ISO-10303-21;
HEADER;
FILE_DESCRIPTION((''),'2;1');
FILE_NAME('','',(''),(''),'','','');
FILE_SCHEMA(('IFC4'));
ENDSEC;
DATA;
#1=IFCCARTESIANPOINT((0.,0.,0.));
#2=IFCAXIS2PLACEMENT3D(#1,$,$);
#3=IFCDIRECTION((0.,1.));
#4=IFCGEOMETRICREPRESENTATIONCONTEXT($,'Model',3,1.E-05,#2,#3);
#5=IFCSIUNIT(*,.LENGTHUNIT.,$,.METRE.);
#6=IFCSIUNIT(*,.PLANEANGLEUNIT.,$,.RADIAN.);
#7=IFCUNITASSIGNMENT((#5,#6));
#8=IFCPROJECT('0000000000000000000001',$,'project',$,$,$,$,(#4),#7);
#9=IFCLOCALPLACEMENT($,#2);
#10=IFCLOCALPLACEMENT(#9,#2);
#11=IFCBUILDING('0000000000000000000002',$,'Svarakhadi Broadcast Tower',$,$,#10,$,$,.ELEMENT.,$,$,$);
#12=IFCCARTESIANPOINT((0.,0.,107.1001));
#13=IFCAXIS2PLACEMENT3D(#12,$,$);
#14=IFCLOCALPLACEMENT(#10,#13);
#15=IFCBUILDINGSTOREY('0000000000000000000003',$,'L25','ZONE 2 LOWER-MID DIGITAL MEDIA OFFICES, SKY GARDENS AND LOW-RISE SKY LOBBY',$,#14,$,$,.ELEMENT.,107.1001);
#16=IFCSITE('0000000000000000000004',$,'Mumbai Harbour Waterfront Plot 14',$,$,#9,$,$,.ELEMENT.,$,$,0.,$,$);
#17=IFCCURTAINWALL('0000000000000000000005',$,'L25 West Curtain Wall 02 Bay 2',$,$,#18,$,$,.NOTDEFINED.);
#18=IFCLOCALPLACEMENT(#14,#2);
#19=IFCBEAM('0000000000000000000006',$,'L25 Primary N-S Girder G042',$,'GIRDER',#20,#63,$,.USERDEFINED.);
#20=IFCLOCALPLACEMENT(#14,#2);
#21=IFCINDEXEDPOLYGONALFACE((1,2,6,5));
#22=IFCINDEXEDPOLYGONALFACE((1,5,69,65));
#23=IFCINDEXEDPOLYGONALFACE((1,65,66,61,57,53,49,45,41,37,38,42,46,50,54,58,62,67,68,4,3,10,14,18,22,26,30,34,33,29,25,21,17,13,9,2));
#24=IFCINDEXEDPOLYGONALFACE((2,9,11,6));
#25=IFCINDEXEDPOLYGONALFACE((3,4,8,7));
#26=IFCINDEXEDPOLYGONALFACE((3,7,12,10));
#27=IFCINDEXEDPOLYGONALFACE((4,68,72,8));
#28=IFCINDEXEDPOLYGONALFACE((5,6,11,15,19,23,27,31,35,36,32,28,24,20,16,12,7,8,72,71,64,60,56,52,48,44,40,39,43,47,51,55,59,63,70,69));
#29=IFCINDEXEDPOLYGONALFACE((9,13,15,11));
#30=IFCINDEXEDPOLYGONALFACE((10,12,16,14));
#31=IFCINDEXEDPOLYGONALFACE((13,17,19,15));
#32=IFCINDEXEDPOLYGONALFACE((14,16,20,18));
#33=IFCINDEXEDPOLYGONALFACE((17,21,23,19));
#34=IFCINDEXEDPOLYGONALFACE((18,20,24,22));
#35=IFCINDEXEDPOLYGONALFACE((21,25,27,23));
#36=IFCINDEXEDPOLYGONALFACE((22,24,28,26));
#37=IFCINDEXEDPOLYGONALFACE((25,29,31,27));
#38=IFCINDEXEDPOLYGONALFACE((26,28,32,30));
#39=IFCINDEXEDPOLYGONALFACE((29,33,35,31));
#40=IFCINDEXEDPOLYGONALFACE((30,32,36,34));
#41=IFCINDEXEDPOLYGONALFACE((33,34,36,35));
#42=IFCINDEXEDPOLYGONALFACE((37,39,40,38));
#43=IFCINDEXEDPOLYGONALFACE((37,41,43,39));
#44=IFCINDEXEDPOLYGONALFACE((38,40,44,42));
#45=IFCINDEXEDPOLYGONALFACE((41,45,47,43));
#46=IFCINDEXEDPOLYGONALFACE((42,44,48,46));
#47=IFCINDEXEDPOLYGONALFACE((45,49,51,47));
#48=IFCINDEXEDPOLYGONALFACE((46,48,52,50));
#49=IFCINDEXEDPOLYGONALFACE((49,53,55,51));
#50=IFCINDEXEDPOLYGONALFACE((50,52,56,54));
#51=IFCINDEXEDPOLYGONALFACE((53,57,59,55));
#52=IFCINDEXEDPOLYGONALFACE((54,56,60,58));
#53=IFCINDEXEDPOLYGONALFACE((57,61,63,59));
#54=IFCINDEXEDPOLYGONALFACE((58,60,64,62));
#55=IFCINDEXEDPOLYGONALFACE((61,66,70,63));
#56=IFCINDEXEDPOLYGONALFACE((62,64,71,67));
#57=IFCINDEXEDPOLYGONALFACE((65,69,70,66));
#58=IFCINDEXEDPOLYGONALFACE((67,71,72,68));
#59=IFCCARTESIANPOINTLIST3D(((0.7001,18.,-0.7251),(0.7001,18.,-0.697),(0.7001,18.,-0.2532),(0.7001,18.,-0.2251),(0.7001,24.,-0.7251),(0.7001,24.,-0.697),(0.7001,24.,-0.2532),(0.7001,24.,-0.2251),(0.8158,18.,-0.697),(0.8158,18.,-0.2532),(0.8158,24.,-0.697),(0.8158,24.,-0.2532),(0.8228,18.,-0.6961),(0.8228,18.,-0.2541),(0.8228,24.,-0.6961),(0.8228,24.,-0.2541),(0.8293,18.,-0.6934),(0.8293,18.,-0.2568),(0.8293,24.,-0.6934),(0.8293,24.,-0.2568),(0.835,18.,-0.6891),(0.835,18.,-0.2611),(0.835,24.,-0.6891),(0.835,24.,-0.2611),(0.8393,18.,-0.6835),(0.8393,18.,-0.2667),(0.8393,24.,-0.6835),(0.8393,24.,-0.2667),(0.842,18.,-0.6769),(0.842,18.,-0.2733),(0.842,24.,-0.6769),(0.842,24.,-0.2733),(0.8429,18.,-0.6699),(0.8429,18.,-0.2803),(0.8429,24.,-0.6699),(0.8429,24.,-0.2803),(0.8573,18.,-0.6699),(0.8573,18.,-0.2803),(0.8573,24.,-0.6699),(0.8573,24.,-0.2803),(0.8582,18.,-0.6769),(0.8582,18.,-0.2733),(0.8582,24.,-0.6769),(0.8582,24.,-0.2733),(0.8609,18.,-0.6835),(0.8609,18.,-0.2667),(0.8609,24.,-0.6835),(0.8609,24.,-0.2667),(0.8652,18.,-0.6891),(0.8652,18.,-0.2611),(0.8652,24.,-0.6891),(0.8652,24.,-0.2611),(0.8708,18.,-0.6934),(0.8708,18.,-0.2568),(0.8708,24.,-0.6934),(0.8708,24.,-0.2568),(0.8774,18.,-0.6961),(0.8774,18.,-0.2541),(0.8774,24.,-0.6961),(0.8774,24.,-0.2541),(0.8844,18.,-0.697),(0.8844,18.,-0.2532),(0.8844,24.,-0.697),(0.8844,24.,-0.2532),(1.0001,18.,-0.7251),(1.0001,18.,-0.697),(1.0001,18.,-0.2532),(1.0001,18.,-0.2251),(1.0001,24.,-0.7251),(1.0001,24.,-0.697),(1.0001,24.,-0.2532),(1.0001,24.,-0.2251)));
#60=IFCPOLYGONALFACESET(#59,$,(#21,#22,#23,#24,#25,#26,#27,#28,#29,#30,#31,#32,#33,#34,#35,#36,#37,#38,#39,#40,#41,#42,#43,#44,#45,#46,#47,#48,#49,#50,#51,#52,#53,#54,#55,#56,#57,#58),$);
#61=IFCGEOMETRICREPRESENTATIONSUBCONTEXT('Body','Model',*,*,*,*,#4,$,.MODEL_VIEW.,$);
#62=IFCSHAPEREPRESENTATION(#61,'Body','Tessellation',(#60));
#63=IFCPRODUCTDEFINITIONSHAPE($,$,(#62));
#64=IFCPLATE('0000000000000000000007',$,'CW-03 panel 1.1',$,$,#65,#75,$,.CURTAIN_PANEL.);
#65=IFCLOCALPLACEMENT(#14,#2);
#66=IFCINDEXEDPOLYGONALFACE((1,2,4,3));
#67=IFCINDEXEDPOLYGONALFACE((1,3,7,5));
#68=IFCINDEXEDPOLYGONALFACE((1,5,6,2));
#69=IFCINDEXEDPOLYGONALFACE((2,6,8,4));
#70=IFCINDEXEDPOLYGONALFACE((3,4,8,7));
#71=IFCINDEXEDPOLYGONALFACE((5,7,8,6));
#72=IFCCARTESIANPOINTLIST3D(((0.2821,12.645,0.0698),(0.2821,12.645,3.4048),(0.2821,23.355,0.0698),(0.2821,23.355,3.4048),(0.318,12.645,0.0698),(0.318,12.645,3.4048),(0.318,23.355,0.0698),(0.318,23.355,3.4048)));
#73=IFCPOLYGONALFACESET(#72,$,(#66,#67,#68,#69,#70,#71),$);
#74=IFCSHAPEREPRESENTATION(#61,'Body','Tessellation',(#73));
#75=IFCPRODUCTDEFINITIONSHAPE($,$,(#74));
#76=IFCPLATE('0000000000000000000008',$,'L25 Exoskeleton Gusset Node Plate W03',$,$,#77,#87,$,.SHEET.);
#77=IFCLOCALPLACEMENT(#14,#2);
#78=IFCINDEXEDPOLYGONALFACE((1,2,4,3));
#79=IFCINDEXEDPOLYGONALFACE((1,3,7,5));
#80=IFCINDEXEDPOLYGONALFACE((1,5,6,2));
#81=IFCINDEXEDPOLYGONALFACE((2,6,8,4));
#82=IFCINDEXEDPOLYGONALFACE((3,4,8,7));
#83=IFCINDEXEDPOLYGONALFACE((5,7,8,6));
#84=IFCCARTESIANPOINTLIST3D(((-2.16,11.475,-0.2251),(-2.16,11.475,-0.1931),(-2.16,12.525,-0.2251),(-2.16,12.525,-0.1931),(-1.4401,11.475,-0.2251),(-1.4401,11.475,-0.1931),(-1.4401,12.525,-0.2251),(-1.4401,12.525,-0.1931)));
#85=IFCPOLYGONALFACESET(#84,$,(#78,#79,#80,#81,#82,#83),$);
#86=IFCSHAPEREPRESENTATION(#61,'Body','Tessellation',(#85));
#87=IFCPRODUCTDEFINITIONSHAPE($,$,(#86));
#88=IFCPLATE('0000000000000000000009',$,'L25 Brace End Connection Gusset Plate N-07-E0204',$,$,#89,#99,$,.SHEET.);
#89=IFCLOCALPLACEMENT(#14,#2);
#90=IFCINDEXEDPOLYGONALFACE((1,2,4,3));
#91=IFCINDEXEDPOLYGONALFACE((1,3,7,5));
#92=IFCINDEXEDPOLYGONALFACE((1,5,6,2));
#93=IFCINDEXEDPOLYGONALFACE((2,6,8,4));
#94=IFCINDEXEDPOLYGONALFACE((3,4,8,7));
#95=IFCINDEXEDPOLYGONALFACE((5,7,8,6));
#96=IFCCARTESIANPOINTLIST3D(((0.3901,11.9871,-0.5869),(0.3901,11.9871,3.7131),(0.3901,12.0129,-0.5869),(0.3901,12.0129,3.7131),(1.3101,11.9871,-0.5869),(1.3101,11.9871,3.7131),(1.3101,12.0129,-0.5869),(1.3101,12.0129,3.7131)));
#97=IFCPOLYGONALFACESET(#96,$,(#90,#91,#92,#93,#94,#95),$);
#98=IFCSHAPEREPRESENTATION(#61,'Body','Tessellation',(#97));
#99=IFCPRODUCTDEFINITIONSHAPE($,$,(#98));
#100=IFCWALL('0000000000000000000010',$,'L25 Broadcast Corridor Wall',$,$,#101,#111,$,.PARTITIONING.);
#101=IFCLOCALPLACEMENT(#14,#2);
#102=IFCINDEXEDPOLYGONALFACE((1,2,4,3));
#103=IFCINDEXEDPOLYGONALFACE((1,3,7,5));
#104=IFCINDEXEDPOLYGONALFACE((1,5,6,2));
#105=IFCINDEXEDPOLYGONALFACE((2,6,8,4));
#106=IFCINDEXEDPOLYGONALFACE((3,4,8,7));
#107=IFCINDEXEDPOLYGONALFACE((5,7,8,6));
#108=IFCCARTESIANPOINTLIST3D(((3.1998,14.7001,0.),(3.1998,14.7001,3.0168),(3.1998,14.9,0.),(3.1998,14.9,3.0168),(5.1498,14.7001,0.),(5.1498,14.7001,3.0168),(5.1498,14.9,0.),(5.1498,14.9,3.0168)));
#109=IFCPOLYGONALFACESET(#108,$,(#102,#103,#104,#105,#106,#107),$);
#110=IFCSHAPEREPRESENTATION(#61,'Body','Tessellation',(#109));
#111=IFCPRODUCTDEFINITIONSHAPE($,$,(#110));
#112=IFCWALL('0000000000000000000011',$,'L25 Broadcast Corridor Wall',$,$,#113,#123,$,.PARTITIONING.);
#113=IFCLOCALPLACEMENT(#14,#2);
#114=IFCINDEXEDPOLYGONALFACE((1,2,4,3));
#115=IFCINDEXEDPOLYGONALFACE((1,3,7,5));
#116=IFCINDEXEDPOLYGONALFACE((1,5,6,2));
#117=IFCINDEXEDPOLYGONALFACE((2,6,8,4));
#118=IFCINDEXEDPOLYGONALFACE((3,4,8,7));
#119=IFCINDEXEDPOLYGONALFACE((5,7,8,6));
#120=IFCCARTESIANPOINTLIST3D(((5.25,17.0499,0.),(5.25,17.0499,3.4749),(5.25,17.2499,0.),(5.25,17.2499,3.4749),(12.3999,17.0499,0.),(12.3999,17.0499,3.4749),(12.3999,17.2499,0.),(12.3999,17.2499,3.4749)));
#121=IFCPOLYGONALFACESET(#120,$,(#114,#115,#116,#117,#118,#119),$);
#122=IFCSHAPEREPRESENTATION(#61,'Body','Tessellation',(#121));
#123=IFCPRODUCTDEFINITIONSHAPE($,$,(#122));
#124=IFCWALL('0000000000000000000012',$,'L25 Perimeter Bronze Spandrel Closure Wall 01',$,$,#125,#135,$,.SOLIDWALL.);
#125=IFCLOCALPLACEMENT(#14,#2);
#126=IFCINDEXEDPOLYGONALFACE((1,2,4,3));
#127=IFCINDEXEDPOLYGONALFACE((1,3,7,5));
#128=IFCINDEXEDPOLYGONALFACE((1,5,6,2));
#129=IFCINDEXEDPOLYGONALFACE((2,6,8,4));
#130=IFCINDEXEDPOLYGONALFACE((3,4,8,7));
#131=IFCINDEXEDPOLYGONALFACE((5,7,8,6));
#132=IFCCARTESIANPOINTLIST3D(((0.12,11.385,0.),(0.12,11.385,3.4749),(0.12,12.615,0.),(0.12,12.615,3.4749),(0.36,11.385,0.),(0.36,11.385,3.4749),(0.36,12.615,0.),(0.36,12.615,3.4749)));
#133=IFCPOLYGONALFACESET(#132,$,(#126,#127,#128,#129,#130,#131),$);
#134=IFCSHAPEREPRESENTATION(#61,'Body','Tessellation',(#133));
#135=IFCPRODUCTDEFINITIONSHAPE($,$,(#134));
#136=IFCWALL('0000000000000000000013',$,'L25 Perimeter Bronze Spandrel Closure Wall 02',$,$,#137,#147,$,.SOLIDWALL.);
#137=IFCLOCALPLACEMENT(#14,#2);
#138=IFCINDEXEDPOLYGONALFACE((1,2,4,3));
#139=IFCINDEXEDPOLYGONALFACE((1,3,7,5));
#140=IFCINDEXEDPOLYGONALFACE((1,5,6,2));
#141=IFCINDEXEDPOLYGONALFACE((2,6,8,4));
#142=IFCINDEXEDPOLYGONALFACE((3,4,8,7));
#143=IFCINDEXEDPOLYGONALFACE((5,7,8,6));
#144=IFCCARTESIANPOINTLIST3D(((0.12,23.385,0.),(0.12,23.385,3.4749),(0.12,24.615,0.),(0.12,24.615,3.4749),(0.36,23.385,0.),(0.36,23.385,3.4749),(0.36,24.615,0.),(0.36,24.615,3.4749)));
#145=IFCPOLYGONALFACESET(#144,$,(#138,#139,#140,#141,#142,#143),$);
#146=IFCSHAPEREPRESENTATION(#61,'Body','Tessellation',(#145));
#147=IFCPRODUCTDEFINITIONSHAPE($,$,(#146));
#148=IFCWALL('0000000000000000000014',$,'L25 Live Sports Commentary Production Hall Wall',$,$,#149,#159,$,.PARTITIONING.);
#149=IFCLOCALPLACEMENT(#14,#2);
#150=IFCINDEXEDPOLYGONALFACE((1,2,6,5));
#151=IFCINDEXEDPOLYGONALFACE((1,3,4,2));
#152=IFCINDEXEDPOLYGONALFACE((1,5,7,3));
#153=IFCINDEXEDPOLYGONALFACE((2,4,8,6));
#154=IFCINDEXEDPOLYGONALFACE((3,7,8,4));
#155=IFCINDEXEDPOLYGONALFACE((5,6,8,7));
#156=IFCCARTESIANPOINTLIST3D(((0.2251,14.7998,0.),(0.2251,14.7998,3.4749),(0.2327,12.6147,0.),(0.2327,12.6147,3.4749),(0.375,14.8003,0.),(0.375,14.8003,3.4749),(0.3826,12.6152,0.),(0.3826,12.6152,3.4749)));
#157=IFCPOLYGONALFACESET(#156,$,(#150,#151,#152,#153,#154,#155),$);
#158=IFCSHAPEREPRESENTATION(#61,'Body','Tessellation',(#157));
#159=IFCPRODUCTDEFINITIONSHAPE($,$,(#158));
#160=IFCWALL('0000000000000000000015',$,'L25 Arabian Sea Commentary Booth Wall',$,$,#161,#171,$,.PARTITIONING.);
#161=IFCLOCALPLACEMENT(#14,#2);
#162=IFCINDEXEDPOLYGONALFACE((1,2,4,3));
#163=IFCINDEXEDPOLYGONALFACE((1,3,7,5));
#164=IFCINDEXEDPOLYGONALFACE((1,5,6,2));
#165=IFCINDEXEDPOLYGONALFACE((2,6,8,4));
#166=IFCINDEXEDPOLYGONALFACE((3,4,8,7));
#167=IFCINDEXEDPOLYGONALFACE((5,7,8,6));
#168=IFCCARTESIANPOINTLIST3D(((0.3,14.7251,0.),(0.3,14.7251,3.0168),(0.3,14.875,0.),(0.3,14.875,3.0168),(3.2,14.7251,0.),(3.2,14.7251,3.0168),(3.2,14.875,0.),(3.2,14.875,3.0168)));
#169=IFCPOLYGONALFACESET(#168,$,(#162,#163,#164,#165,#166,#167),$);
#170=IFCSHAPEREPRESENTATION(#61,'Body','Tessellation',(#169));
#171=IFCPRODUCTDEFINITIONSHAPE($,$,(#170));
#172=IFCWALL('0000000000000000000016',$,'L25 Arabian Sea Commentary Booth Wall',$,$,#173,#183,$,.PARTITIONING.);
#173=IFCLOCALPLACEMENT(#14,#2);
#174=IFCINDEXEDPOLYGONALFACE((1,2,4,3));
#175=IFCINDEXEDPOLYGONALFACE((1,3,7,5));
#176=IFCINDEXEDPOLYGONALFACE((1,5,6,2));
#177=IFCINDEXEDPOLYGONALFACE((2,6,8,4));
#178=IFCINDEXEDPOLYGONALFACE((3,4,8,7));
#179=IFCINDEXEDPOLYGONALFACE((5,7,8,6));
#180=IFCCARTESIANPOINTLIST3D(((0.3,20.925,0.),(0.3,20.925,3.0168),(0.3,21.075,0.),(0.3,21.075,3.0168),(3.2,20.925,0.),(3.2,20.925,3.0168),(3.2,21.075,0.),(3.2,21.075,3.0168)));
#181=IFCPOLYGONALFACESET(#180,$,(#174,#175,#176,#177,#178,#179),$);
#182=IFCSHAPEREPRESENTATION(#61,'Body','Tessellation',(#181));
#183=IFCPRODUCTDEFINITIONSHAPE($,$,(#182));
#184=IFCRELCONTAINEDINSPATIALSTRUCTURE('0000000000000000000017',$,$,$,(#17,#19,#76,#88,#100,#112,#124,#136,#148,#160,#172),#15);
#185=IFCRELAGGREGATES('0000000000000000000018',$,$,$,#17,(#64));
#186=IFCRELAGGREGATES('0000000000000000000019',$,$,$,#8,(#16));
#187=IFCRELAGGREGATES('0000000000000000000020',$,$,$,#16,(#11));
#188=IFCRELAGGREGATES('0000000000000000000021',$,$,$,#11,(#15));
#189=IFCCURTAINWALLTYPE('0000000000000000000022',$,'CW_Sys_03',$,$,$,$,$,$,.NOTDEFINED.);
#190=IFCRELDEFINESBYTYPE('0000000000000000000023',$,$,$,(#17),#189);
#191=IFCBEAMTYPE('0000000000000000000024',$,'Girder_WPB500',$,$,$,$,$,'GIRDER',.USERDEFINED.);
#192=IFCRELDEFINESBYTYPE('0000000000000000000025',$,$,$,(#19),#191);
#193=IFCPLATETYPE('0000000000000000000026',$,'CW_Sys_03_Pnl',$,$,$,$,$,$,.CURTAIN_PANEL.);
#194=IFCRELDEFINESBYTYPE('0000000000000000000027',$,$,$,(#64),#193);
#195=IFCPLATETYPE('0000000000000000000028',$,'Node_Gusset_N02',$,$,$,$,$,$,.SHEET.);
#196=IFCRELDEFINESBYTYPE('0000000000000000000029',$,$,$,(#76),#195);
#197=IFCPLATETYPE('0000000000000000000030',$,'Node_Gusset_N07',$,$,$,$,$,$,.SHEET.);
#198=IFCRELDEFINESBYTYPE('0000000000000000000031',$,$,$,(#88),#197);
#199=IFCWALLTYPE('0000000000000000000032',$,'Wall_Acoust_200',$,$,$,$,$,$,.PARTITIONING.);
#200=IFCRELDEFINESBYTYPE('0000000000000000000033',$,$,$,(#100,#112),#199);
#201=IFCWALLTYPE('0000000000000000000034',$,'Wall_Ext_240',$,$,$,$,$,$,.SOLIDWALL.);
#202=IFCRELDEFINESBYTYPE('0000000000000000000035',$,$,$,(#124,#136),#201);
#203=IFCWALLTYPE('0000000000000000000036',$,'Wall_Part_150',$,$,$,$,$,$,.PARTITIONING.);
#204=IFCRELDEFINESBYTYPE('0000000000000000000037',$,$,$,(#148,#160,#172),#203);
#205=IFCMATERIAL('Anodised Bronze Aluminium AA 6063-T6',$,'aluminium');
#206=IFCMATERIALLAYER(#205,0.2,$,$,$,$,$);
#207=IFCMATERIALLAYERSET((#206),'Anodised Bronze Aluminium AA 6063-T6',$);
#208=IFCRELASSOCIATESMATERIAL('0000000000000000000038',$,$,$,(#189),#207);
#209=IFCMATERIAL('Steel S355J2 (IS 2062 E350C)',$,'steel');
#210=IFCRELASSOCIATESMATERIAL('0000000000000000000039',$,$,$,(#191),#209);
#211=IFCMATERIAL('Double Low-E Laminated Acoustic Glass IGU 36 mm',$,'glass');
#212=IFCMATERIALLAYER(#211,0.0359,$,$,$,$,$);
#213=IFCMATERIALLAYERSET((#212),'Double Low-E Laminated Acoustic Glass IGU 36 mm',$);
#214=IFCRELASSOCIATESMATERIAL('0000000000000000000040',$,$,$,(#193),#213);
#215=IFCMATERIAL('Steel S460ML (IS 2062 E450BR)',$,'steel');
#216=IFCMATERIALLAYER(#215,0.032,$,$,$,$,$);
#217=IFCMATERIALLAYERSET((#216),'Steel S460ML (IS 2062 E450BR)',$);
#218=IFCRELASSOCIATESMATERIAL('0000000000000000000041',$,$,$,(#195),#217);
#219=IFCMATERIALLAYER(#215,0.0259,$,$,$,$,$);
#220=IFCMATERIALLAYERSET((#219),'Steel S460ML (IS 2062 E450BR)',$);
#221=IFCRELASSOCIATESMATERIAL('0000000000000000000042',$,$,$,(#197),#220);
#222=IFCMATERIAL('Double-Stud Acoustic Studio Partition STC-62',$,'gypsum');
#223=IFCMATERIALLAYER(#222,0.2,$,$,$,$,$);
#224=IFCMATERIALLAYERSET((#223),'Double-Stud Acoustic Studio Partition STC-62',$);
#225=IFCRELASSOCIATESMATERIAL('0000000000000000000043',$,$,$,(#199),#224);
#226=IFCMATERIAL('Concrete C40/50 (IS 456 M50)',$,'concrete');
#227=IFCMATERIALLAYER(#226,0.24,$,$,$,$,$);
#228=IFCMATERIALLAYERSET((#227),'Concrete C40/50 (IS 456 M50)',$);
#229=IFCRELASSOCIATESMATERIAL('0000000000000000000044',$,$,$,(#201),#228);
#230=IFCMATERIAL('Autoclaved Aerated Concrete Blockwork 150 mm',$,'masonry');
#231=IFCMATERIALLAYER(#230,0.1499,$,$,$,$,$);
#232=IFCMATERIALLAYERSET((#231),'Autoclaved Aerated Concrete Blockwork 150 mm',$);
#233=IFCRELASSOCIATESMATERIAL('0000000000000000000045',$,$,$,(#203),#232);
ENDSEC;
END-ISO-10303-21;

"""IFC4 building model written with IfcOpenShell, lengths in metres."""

from ifc_helpers import new_model, si_unit, direction, frame, frame_2d, origin, origin_2d, place, context, subcontext, project, spatial, rectangle, i_section, extrude, material, layer, layer_set, material_profile, profile_set, type_object, element, aggregate, save


model = new_model("IFC4")

# Units and contexts
model_context = context("Model", 3, precision=1e-05, world=origin(), true_north=direction((0.0, 1.0)))
body_context = subcontext(model_context, "Body", "Model", "MODEL_VIEW")
ifc_project = project(units=[si_unit("LENGTHUNIT", "METRE"), si_unit("PLANEANGLEUNIT", "RADIAN")], contexts=[model_context])

# Site, building, storey
site_placement = place(None, origin())
site = spatial("IfcSite", under=ifc_project, at=site_placement, Name="Mumbai Harbour Waterfront Plot 14", CompositionType="ELEMENT", RefElevation=0.0)
building_placement = place(site_placement, origin())
building = spatial("IfcBuilding", under=site, at=building_placement, Name="Svarakhadi Broadcast Tower", CompositionType="ELEMENT")
storey_placement = place(building_placement, frame((0.0, 0.0, 107.1001)))
storey = spatial("IfcBuildingStorey", under=building, at=storey_placement, Name="L25", Description="ZONE 2 LOWER-MID DIGITAL MEDIA OFFICES, SKY GARDENS AND LOW-RISE SKY LOBBY", CompositionType="ELEMENT", Elevation=107.1001)

# Shared definitions
ifc_material_1 = material(Name="Steel S460ML (IS 2062 E450BR)", Category="steel")

# Shared definitions
ifc_material_2 = material(Name="Steel S355J2 (IS 2062 E350C)", Category="steel")

# Shared definitions
ifc_material_3 = material(Name="Anodised Bronze Aluminium AA 6063-T6", Category="aluminium")
ifc_layer_1 = layer(ifc_material_3, 0.2)
ifc_layer_set_1 = layer_set([ifc_layer_1], Name="Anodised Bronze Aluminium AA 6063-T6")
curtain_wall_type = type_object("IfcCurtainWallType", Name="CW_Sys_03", PredefinedType="NOTDEFINED", material=ifc_layer_set_1)

# Curtain wall
curtain_wall_1_placement = place(storey_placement, origin())
curtain_wall_1 = element("IfcCurtainWall", 1, at=curtain_wall_1_placement, inside=storey, type_object=curtain_wall_type, Name="L25 West Curtain Wall 02 Bay 2", PredefinedType="NOTDEFINED")

# Beam
ifc_material_profile_1 = material_profile(ifc_material_2, i_section(OverallWidth=0.3, OverallDepth=0.5, WebThickness=0.0144, FlangeThickness=0.0281, FilletRadius=0.0271, at=origin_2d()), Name="WPB 500x300x187")
ifc_profile_set_1 = profile_set([ifc_material_profile_1], Name="Steel S355J2 (IS 2062 E350C)")
beam_type_1 = type_object("IfcBeamType", Name="Girder_WPB500", ElementType="GIRDER", PredefinedType="USERDEFINED", material=ifc_profile_set_1)
for number, where, z_axis, x_axis, name in (
    (2, (0.8501, 18.0, -0.4751), (0.0, 1.0, 0.0), (-1.0, 0.0, 0.0), "L25 Primary N-S Girder G042"),
):
    element("IfcBeam", number, at=place(storey_placement, frame(where, z_axis=z_axis, x_axis=x_axis)), inside=storey, type_object=beam_type_1, Name=name, ObjectType="GIRDER", PredefinedType="USERDEFINED", context=body_context, shape_type="SweptSolid", body=[
        extrude(i_section(OverallWidth=0.3, OverallDepth=0.5, WebThickness=0.0144, FlangeThickness=0.0281, FilletRadius=0.0271, at=origin_2d()), origin(), (0.0, 0.0, 1.0), 6.0),
    ])

# Plate
ifc_material_4 = material(Name="Double Low-E Laminated Acoustic Glass IGU 36 mm", Category="glass")
ifc_layer_2 = layer(ifc_material_4, 0.0359)
ifc_layer_set_2 = layer_set([ifc_layer_2], Name="Double Low-E Laminated Acoustic Glass IGU 36 mm")
plate_type_1 = type_object("IfcPlateType", Name="CW_Sys_03_Pnl", PredefinedType="CURTAIN_PANEL", material=ifc_layer_set_2)
plate_1_placement = place(storey_placement, frame((0.3, 18.0, 0.0698), z_axis=(0.0, 0.0, 1.0), x_axis=(0.0, 1.0, 0.0)))
plate_1 = element("IfcPlate", 3, at=plate_1_placement, type_object=plate_type_1, Name="CW-03 panel 1.1", PredefinedType="CURTAIN_PANEL", context=body_context, shape_type="SweptSolid", body=[
    extrude(rectangle(XDim=10.71, YDim=0.0359, at=origin_2d()), origin(), (0.0, 0.0, 1.0), 3.335),
])
aggregate(curtain_wall_1, [plate_1])

# Plates
ifc_layer_3 = layer(ifc_material_1, 0.032)
ifc_layer_set_3 = layer_set([ifc_layer_3], Name="Steel S460ML (IS 2062 E450BR)")
plate_type_2 = type_object("IfcPlateType", Name="Node_Gusset_N02", PredefinedType="SHEET", material=ifc_layer_set_3)
plate_2_placement = place(storey_placement, frame((-1.8, 12.0, -0.2251), z_axis=(0.0, 0.0, 1.0), x_axis=(0.0, 1.0, 0.0)))
element("IfcPlate", 4, at=plate_2_placement, inside=storey, type_object=plate_type_2, Name="L25 Exoskeleton Gusset Node Plate W03", PredefinedType="SHEET", context=body_context, shape_type="SweptSolid", body=[
    extrude(rectangle(XDim=1.05, YDim=0.72, at=origin_2d()), origin(), (0.0, 0.0, 1.0), 0.032),
])
ifc_layer_4 = layer(ifc_material_1, 0.0259)
ifc_layer_set_4 = layer_set([ifc_layer_4], Name="Steel S460ML (IS 2062 E450BR)")
plate_type_3 = type_object("IfcPlateType", Name="Node_Gusset_N07", PredefinedType="SHEET", material=ifc_layer_set_4)
plate_3_placement = place(storey_placement, frame((0.8501, 12.0, -0.5869), z_axis=(0.0, 0.0, 1.0), x_axis=(1.0, 0.0, 0.0)))
element("IfcPlate", 5, at=plate_3_placement, inside=storey, type_object=plate_type_3, Name="L25 Brace End Connection Gusset Plate N-07-E0204", PredefinedType="SHEET", context=body_context, shape_type="SweptSolid", body=[
    extrude(rectangle(XDim=0.9199, YDim=0.0259, at=origin_2d()), origin(), (0.0, 0.0, 1.0), 4.3),
])

# Wall
ifc_material_5 = material(Name="Double-Stud Acoustic Studio Partition STC-62", Category="gypsum")
ifc_layer_5 = layer(ifc_material_5, 0.2)
ifc_layer_set_5 = layer_set([ifc_layer_5], Name="Double-Stud Acoustic Studio Partition STC-62")
wall_type_1 = type_object("IfcWallType", Name="Wall_Acoust_200", PredefinedType="PARTITIONING", material=ifc_layer_set_5)
wall_1_placement = place(storey_placement, frame((5.1499, 14.8, 0.0), z_axis=(0.0, 0.0, 1.0), x_axis=(-1.0, 0.0, 0.0)))
element("IfcWall", 6, at=wall_1_placement, inside=storey, type_object=wall_type_1, Name="L25 Broadcast Corridor Wall", PredefinedType="PARTITIONING", context=body_context, shape_type="SweptSolid", body=[
    extrude(rectangle(XDim=1.95, YDim=0.2, at=frame_2d((0.9751, 0.0))), origin(), (0.0, 0.0, 1.0), 3.0168),
])

# Walls
wall_2_placement = place(storey_placement, frame((5.25, 17.1499, 0.0), z_axis=(0.0, 0.0, 1.0), x_axis=(1.0, 0.0, 0.0)))
element("IfcWall", 7, at=wall_2_placement, inside=storey, type_object=wall_type_1, Name="L25 Broadcast Corridor Wall", PredefinedType="PARTITIONING", context=body_context, shape_type="SweptSolid", body=[
    extrude(rectangle(XDim=7.1499, YDim=0.2, at=frame_2d((3.575, 0.0))), origin(), (0.0, 0.0, 1.0), 3.4749),
])
ifc_material_6 = material(Name="Concrete C40/50 (IS 456 M50)", Category="concrete")
ifc_layer_6 = layer(ifc_material_6, 0.24)
ifc_layer_set_6 = layer_set([ifc_layer_6], Name="Concrete C40/50 (IS 456 M50)")
wall_type_2 = type_object("IfcWallType", Name="Wall_Ext_240", PredefinedType="SOLIDWALL", material=ifc_layer_set_6)
for number, where, z_axis, x_axis, name in (
    (8, (0.24, 11.385, 0.0), (0.0, 0.0, 1.0), (0.0, 1.0, 0.0), "L25 Perimeter Bronze Spandrel Closure Wall 01"),
    (9, (0.24, 23.385, 0.0), (0.0, 0.0, 1.0), (0.0, 1.0, 0.0), "L25 Perimeter Bronze Spandrel Closure Wall 02"),
):
    element("IfcWall", number, at=place(storey_placement, frame(where, z_axis=z_axis, x_axis=x_axis)), inside=storey, type_object=wall_type_2, Name=name, PredefinedType="SOLIDWALL", context=body_context, shape_type="SweptSolid", body=[
        extrude(rectangle(XDim=1.23, YDim=0.24, at=frame_2d((0.615, 0.0))), origin(), (0.0, 0.0, 1.0), 3.4749),
    ])
ifc_material_7 = material(Name="Autoclaved Aerated Concrete Blockwork 150 mm", Category="masonry")
ifc_layer_7 = layer(ifc_material_7, 0.1499)
ifc_layer_set_7 = layer_set([ifc_layer_7], Name="Autoclaved Aerated Concrete Blockwork 150 mm")
wall_type_3 = type_object("IfcWallType", Name="Wall_Part_150", PredefinedType="PARTITIONING", material=ifc_layer_set_7)
wall_3_placement = place(storey_placement, frame((0.3076, 12.615, 0.0), z_axis=(0.0, 0.0, 1.0), x_axis=(-0.003464, 0.999994, 0.0)))
element("IfcWall", 10, at=wall_3_placement, inside=storey, type_object=wall_type_3, Name="L25 Live Sports Commentary Production Hall Wall", PredefinedType="PARTITIONING", context=body_context, shape_type="SweptSolid", body=[
    extrude(rectangle(XDim=2.1851, YDim=0.1499, at=frame_2d((1.0925, 0.0))), origin(), (0.0, 0.0, 1.0), 3.4749),
])
for number, where, z_axis, x_axis, name in (
    (11, (0.3, 14.8, 0.0), (0.0, 0.0, 1.0), (1.0, 0.0, 0.0), "L25 Arabian Sea Commentary Booth Wall"),
    (12, (0.3, 21.0, 0.0), (0.0, 0.0, 1.0), (1.0, 0.0, 0.0), "L25 Arabian Sea Commentary Booth Wall"),
):
    element("IfcWall", number, at=place(storey_placement, frame(where, z_axis=z_axis, x_axis=x_axis)), inside=storey, type_object=wall_type_3, Name=name, PredefinedType="PARTITIONING", context=body_context, shape_type="SweptSolid", body=[
        extrude(rectangle(XDim=2.8999, YDim=0.1499, at=frame_2d((1.45, 0.0))), origin(), (0.0, 0.0, 1.0), 3.0168),
    ])

save(model, "model.ifc")
